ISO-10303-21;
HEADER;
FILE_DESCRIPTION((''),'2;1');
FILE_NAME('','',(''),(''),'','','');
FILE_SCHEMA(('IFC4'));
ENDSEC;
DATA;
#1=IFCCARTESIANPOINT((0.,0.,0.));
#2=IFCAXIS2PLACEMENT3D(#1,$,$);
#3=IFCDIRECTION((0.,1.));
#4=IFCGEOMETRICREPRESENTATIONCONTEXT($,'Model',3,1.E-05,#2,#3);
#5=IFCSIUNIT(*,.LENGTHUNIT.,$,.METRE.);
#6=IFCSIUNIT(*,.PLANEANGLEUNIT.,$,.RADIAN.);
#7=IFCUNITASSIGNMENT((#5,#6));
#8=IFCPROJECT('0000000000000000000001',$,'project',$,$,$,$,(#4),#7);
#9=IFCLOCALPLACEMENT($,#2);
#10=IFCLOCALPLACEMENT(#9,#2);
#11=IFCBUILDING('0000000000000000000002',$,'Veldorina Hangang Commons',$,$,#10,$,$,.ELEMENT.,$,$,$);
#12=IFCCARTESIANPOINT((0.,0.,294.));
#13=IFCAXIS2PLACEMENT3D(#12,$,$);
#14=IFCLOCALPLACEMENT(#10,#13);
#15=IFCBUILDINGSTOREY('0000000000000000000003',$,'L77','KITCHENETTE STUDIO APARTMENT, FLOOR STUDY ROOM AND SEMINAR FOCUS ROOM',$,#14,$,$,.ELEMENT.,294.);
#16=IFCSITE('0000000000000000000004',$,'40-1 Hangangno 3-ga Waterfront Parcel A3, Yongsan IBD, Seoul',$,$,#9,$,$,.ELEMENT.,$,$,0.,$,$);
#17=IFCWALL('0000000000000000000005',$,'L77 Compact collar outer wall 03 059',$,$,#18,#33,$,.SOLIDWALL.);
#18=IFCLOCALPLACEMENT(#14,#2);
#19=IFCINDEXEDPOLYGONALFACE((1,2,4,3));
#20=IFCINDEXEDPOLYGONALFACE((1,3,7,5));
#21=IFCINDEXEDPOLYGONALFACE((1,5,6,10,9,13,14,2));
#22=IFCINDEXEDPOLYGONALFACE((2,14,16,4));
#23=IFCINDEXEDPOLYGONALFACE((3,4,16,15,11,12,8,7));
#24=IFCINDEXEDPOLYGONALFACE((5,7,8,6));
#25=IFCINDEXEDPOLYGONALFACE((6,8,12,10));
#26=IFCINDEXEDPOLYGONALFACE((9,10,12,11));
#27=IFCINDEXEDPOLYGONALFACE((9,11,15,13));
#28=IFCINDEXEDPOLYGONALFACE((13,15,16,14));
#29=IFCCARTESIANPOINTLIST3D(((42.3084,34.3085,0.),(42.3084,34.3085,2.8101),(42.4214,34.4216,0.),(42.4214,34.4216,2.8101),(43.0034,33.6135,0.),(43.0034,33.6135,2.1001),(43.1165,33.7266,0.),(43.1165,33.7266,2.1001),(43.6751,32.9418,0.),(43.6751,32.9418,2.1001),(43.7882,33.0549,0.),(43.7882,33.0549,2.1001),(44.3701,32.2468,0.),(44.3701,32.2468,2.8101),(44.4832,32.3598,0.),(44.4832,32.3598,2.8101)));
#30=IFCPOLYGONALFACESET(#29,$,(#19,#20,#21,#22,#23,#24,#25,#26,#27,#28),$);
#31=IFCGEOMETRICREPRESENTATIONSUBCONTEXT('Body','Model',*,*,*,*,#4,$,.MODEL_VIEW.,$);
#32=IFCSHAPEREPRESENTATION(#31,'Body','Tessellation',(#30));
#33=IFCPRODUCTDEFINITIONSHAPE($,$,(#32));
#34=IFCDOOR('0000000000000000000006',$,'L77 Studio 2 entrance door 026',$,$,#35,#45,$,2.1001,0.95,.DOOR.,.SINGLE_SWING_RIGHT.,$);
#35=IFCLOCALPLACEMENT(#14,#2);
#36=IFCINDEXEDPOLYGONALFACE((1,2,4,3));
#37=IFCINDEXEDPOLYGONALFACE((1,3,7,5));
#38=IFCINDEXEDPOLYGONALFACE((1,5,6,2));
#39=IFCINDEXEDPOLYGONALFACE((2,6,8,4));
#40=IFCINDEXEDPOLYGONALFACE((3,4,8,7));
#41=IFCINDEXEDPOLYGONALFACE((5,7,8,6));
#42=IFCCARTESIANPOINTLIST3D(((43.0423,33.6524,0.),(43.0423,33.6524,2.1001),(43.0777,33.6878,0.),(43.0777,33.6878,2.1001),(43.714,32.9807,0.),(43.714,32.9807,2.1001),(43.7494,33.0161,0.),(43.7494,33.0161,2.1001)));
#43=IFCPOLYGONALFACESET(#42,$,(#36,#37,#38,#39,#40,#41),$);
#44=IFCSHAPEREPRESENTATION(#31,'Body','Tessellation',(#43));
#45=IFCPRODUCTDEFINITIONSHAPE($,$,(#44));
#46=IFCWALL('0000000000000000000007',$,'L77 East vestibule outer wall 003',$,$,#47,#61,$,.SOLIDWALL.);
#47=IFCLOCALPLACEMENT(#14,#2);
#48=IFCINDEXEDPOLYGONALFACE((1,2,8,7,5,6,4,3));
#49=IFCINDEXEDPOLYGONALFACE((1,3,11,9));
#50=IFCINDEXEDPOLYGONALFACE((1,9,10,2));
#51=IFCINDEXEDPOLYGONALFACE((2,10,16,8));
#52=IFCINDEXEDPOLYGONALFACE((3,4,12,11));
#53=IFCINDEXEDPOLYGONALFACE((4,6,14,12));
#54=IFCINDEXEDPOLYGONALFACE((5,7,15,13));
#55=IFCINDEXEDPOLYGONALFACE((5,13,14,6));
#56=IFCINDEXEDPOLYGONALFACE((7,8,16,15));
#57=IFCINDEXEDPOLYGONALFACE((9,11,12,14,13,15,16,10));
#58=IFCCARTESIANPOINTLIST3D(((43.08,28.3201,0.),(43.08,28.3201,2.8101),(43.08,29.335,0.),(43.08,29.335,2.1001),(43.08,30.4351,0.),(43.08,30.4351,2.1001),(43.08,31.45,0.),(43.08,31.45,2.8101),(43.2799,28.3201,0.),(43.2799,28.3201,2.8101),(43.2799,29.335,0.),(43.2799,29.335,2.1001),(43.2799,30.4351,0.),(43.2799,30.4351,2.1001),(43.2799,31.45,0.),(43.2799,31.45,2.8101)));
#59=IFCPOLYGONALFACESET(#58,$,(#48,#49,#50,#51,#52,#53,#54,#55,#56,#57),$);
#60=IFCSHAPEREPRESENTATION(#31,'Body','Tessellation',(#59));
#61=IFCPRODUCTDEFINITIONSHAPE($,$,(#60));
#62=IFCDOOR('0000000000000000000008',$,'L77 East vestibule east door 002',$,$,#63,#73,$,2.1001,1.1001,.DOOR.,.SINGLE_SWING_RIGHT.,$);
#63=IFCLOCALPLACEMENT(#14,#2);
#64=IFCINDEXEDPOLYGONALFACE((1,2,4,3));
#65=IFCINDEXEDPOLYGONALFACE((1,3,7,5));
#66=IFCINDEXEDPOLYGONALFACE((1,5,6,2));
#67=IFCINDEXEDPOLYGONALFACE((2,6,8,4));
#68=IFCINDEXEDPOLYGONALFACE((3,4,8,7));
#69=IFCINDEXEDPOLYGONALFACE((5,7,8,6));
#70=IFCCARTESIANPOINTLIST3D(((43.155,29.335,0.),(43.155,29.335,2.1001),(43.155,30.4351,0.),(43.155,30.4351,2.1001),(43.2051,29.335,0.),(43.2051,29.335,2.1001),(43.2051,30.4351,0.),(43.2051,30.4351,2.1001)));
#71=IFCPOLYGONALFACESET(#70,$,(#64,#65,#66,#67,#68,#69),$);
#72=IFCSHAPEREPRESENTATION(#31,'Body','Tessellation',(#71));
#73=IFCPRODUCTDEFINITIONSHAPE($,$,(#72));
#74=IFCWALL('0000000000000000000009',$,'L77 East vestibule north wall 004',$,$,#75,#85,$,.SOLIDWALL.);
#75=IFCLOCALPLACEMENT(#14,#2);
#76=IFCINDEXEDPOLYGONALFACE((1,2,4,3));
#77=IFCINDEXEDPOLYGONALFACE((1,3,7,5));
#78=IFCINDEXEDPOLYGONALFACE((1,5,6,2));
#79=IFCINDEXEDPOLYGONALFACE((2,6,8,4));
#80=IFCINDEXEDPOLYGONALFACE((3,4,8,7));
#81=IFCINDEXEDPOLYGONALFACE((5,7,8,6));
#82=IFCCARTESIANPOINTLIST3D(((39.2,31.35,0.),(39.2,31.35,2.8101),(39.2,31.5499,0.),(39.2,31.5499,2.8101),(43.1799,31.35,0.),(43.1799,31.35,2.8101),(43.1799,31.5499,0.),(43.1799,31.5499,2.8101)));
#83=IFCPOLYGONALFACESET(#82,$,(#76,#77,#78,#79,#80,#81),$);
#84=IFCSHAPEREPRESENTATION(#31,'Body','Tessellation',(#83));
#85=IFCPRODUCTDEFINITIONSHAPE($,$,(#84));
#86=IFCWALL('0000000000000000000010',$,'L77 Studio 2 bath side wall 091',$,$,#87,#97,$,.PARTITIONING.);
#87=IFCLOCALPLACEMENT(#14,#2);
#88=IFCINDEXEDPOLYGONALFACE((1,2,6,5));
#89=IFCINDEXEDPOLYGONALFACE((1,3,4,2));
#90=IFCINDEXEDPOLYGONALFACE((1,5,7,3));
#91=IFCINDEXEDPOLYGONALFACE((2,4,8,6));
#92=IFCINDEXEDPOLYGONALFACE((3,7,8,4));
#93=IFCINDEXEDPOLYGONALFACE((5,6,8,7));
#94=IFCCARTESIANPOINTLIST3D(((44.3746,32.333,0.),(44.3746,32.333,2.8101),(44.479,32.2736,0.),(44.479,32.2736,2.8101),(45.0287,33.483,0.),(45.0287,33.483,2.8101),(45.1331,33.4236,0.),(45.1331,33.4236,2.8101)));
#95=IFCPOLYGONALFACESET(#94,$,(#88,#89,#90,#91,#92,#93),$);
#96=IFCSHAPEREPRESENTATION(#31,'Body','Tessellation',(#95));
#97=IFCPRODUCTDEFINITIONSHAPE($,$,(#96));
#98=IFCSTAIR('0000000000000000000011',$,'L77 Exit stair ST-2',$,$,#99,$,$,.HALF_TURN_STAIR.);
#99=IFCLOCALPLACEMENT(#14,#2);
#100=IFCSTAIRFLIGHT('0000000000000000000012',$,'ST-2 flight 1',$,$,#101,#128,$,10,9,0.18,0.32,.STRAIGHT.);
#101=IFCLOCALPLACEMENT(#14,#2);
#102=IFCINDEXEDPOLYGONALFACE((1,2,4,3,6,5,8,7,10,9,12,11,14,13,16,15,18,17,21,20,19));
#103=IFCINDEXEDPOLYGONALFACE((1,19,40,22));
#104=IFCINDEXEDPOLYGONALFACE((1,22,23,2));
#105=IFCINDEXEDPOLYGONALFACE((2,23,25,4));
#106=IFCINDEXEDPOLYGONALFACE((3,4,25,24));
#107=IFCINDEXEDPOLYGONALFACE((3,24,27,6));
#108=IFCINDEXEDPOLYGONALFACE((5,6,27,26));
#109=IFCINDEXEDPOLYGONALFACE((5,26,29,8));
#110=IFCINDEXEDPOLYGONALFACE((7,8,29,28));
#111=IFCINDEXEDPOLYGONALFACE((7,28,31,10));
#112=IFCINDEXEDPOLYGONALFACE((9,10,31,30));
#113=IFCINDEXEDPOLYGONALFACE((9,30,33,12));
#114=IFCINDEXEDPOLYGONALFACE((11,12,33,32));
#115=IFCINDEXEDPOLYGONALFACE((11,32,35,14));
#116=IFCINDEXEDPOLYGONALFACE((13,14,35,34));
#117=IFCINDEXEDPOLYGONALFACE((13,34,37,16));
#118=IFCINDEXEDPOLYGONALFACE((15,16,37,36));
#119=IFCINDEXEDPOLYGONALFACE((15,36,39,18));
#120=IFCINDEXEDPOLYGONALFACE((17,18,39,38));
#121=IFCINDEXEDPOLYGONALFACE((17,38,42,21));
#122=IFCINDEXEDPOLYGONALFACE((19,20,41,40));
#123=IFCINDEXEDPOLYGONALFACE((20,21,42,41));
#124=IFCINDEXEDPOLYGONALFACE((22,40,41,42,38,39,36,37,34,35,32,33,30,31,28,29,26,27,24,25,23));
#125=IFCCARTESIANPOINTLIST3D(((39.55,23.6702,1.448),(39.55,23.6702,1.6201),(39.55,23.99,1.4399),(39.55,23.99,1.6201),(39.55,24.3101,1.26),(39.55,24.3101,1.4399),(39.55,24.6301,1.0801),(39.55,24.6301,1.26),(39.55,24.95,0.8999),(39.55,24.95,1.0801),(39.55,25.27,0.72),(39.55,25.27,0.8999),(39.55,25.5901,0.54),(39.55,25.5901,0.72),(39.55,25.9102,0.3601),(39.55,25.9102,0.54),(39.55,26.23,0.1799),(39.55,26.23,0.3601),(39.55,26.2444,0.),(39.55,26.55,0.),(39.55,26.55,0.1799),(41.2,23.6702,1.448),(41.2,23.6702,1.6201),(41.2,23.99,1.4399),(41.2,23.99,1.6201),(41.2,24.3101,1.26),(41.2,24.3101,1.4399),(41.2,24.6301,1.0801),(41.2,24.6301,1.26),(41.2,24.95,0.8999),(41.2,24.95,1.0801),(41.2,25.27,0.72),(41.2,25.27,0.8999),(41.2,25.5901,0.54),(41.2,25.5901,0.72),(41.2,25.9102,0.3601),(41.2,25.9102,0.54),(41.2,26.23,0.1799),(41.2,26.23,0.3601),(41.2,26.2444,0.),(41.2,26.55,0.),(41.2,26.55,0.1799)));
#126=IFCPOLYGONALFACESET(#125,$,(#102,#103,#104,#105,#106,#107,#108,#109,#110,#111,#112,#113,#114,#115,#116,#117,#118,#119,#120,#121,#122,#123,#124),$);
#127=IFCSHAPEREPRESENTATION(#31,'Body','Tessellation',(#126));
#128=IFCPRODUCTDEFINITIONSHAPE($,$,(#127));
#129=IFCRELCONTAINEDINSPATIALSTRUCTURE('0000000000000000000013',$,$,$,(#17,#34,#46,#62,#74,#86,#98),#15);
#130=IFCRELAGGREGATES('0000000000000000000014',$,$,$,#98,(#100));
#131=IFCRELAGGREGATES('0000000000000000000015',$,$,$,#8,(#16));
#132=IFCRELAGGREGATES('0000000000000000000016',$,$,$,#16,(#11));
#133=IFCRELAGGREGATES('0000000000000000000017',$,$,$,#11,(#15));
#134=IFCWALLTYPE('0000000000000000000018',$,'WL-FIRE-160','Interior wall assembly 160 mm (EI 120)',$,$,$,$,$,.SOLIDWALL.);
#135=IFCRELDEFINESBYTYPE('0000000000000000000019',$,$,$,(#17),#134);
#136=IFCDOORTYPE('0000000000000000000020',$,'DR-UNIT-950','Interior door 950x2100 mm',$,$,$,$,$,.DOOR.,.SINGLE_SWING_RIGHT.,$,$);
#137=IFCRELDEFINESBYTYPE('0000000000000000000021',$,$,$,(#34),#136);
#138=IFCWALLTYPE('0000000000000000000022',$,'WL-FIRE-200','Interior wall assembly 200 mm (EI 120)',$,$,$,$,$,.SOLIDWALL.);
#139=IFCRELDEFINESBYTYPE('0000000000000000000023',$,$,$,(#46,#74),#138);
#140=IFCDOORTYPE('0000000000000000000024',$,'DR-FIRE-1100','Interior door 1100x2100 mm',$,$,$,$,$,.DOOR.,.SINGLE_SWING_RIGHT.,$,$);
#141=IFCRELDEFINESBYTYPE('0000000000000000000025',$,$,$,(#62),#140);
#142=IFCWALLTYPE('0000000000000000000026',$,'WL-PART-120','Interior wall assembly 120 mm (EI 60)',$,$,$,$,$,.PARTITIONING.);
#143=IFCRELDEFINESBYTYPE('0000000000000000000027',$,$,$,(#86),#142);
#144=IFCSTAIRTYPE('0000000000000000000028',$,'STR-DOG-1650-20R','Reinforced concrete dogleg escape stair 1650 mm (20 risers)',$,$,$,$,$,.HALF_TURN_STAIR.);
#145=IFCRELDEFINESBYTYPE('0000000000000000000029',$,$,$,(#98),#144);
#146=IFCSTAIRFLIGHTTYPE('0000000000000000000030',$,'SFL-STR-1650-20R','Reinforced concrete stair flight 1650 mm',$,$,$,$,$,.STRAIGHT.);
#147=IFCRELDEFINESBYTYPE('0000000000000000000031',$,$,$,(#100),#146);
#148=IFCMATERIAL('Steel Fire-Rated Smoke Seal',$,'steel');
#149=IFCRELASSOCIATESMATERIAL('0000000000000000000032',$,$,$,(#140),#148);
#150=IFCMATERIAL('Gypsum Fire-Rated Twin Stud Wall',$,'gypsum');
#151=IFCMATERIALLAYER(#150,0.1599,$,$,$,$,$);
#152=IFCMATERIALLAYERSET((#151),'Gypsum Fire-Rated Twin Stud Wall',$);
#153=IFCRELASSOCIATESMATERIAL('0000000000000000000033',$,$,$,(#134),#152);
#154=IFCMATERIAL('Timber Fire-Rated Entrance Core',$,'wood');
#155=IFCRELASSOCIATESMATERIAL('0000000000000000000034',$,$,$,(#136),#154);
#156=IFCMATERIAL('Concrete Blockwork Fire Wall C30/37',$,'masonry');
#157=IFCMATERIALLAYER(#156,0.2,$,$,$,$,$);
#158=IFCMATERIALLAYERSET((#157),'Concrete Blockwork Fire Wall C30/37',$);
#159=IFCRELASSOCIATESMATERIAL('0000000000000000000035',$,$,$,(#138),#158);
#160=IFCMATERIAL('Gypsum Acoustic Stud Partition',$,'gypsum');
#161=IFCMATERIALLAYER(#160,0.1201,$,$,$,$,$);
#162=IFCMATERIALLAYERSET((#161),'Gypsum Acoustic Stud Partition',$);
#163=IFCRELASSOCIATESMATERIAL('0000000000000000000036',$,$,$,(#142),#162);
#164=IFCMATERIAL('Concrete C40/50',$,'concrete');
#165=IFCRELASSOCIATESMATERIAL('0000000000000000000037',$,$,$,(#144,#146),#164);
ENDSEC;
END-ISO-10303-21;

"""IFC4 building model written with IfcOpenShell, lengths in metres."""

from ifc_helpers import new_model, si_unit, direction, frame, frame_2d, origin, place, context, subcontext, project, spatial, polyline, rectangle, outline, extrude, material, layer, layer_set, type_object, element, fill, aggregate, save


model = new_model("IFC4")

# Units and contexts
model_context = context("Model", 3, precision=1e-05, world=origin(), true_north=direction((0.0, 1.0)))
body_context = subcontext(model_context, "Body", "Model", "MODEL_VIEW")
ifc_project = project(units=[si_unit("LENGTHUNIT", "METRE"), si_unit("PLANEANGLEUNIT", "RADIAN")], contexts=[model_context])

# Site, building, storey
site_placement = place(None, origin())
site = spatial("IfcSite", under=ifc_project, at=site_placement, Name="40-1 Hangangno 3-ga Waterfront Parcel A3, Yongsan IBD, Seoul", CompositionType="ELEMENT", RefElevation=0.0)
building_placement = place(site_placement, origin())
building = spatial("IfcBuilding", under=site, at=building_placement, Name="Veldorina Hangang Commons", CompositionType="ELEMENT")
storey_placement = place(building_placement, frame((0.0, 0.0, 294.0)))
storey = spatial("IfcBuildingStorey", under=building, at=storey_placement, Name="L77", Description="KITCHENETTE STUDIO APARTMENT, FLOOR STUDY ROOM AND SEMINAR FOCUS ROOM", CompositionType="ELEMENT", Elevation=294.0)

# Shared definitions
ifc_material_1 = material(Name="Steel Fire-Rated Smoke Seal", Category="steel")
door_type_1 = type_object("IfcDoorType", Name="DR-FIRE-1100", Description="Interior door 1100x2100 mm", OperationType="SINGLE_SWING_RIGHT", PredefinedType="DOOR", material=ifc_material_1)

# Shared definitions
ifc_material_2 = material(Name="Gypsum Fire-Rated Twin Stud Wall", Category="gypsum")
ifc_layer_1 = layer(ifc_material_2, 0.1599)
ifc_layer_set_1 = layer_set([ifc_layer_1], Name="Gypsum Fire-Rated Twin Stud Wall")
wall_type_1 = type_object("IfcWallType", Name="WL-FIRE-160", Description="Interior wall assembly 160 mm (EI 120)", PredefinedType="SOLIDWALL", material=ifc_layer_set_1)

# Walls, openings, doors
wall_1_placement = place(storey_placement, frame((44.4268, 32.3032, 0.0), z_axis=(0.0, 0.0, 1.0), x_axis=(-0.707107, 0.707107, 0.0)))
wall_1 = element("IfcWall", 1, at=wall_1_placement, inside=storey, type_object=wall_type_1, Name="L77 Compact collar outer wall 03 059", PredefinedType="SOLIDWALL", context=body_context, shape_type="SweptSolid", body=[
    extrude(rectangle(XDim=2.9158, YDim=0.1599, at=frame_2d((1.458, 0.0))), origin(), (0.0, 0.0, 1.0), 2.8101),
])
opening_1_placement = place(wall_1_placement, frame((0.9829, 0.0, 0.0)))
opening_1 = element("IfcOpeningElement", 2, at=opening_1_placement, cuts=wall_1, PredefinedType="OPENING", context=body_context, shape_type="SweptSolid", body=[
    extrude(rectangle(XDim=0.95, YDim=2.1001, at=frame_2d((0.4751, 1.05))), frame((0.0, 0.0898, 0.0), z_axis=(0.0, -1.0, 0.0), x_axis=(1.0, 0.0, 0.0)), (0.0, 0.0, 1.0), 0.1799),
])
ifc_material_3 = material(Name="Timber Fire-Rated Entrance Core", Category="wood")
door_type_2 = type_object("IfcDoorType", Name="DR-UNIT-950", Description="Interior door 950x2100 mm", OperationType="SINGLE_SWING_RIGHT", PredefinedType="DOOR", material=ifc_material_3)
door_1_placement = place(opening_1_placement, origin())
door_1 = element("IfcDoor", 3, at=door_1_placement, inside=storey, type_object=door_type_2, Name="L77 Studio 2 entrance door 026", OperationType="SINGLE_SWING_RIGHT", OverallHeight=2.1001, OverallWidth=0.95, PredefinedType="DOOR", context=body_context, shape_type="SweptSolid", body=[
    extrude(rectangle(XDim=0.95, YDim=2.1001, at=frame_2d((0.4751, 1.05))), frame((0.0, 0.0249, 0.0), z_axis=(0.0, -1.0, 0.0), x_axis=(1.0, 0.0, 0.0)), (0.0, 0.0, 1.0), 0.05),
])
fill(opening_1, door_1)
ifc_material_4 = material(Name="Concrete Blockwork Fire Wall C30/37", Category="masonry")
ifc_layer_2 = layer(ifc_material_4, 0.2)
ifc_layer_set_2 = layer_set([ifc_layer_2], Name="Concrete Blockwork Fire Wall C30/37")
wall_type_2 = type_object("IfcWallType", Name="WL-FIRE-200", Description="Interior wall assembly 200 mm (EI 120)", PredefinedType="SOLIDWALL", material=ifc_layer_set_2)
wall_2_placement = place(storey_placement, frame((43.1799, 28.3201, 0.0), z_axis=(0.0, 0.0, 1.0), x_axis=(0.0, 1.0, 0.0)))
wall_2 = element("IfcWall", 4, at=wall_2_placement, inside=storey, type_object=wall_type_2, Name="L77 East vestibule outer wall 003", PredefinedType="SOLIDWALL", context=body_context, shape_type="SweptSolid", body=[
    extrude(rectangle(XDim=3.1299, YDim=0.2, at=frame_2d((1.5649, 0.0))), origin(), (0.0, 0.0, 1.0), 2.8101),
])
opening_2_placement = place(wall_2_placement, frame((1.0149, 0.0, 0.0)))
opening_2 = element("IfcOpeningElement", 5, at=opening_2_placement, cuts=wall_2, PredefinedType="OPENING", context=body_context, shape_type="SweptSolid", body=[
    extrude(rectangle(XDim=1.1001, YDim=2.1001, at=frame_2d((0.55, 1.05))), frame((0.0, 0.1099, 0.0), z_axis=(0.0, -1.0, 0.0), x_axis=(1.0, 0.0, 0.0)), (0.0, 0.0, 1.0), 0.22),
])
door_2_placement = place(opening_2_placement, origin())
door_2 = element("IfcDoor", 6, at=door_2_placement, inside=storey, type_object=door_type_1, Name="L77 East vestibule east door 002", OperationType="SINGLE_SWING_RIGHT", OverallHeight=2.1001, OverallWidth=1.1001, PredefinedType="DOOR", context=body_context, shape_type="SweptSolid", body=[
    extrude(rectangle(XDim=1.1001, YDim=2.1001, at=frame_2d((0.55, 1.05))), frame((0.0, 0.0249, 0.0), z_axis=(0.0, -1.0, 0.0), x_axis=(1.0, 0.0, 0.0)), (0.0, 0.0, 1.0), 0.05),
])
fill(opening_2, door_2)

# Walls
wall_3_placement = place(storey_placement, frame((39.2, 31.45, 0.0), z_axis=(0.0, 0.0, 1.0), x_axis=(1.0, 0.0, 0.0)))
element("IfcWall", 7, at=wall_3_placement, inside=storey, type_object=wall_type_2, Name="L77 East vestibule north wall 004", PredefinedType="SOLIDWALL", context=body_context, shape_type="SweptSolid", body=[
    extrude(rectangle(XDim=3.98, YDim=0.2, at=frame_2d((1.99, 0.0))), origin(), (0.0, 0.0, 1.0), 2.8101),
])
ifc_material_5 = material(Name="Gypsum Acoustic Stud Partition", Category="gypsum")
ifc_layer_3 = layer(ifc_material_5, 0.1201)
ifc_layer_set_3 = layer_set([ifc_layer_3], Name="Gypsum Acoustic Stud Partition")
wall_type_3 = type_object("IfcWallType", Name="WL-PART-120", Description="Interior wall assembly 120 mm (EI 60)", PredefinedType="PARTITIONING", material=ifc_layer_set_3)
wall_4_placement = place(storey_placement, frame((44.4268, 32.3032, 0.0), z_axis=(0.0, 0.0, 1.0), x_axis=(0.494409, 0.869229, 0.0)))
element("IfcWall", 8, at=wall_4_placement, inside=storey, type_object=wall_type_3, Name="L77 Studio 2 bath side wall 091", PredefinedType="PARTITIONING", context=body_context, shape_type="SweptSolid", body=[
    extrude(rectangle(XDim=1.323, YDim=0.1201, at=frame_2d((0.6616, 0.0))), origin(), (0.0, 0.0, 1.0), 2.8101),
])

# Stair, stair flight
ifc_material_6 = material(Name="Concrete C40/50", Category="concrete")
stair_type = type_object("IfcStairType", Name="STR-DOG-1650-20R", Description="Reinforced concrete dogleg escape stair 1650 mm (20 risers)", PredefinedType="HALF_TURN_STAIR", material=ifc_material_6)
stair_placement = place(storey_placement, origin())
stair = element("IfcStair", 9, at=stair_placement, inside=storey, type_object=stair_type, Name="L77 Exit stair ST-2", PredefinedType="HALF_TURN_STAIR")
stair_flight_type = type_object("IfcStairFlightType", Name="SFL-STR-1650-20R", Description="Reinforced concrete stair flight 1650 mm", PredefinedType="STRAIGHT", material=ifc_material_6)
stair_flight_placement = place(storey_placement, frame((40.375, 26.55, 0.0), z_axis=(0.0, 0.0, 1.0), x_axis=(0.0, -1.0, 0.0)))
stair_flight = element("IfcStairFlight", 10, at=stair_flight_placement, type_object=stair_flight_type, Name="ST-2 flight 1", NumberOfRisers=10, NumberOfTreads=9, PredefinedType="STRAIGHT", RiserHeight=0.18, TreadLength=0.32, context=body_context, shape_type="SweptSolid", body=[
    extrude(outline(polyline([(0.0, 0.0), (0.0, 0.1799), (0.3201, 0.1799), (0.3201, 0.3601), (0.6399, 0.3601), (0.6399, 0.54), (0.96, 0.54), (0.96, 0.72), (1.28, 0.72), (1.28, 0.8999), (1.6001, 0.8999), (1.6001, 1.0801), (1.9199, 1.0801), (1.9199, 1.26), (2.24, 1.26), (2.24, 1.4399), (2.5601, 1.4399), (2.5601, 1.6201), (2.8799, 1.6201), (2.8799, 1.8), (2.8799, 1.448), (0.3057, 0.0), (0.0, 0.0)])), frame((0.0, 0.825, 0.0), z_axis=(0.0, -1.0, 0.0), x_axis=(1.0, 0.0, 0.0)), (0.0, 0.0, 1.0), 1.6499),
])
aggregate(stair, [stair_flight])

save(model, "model.ifc")
